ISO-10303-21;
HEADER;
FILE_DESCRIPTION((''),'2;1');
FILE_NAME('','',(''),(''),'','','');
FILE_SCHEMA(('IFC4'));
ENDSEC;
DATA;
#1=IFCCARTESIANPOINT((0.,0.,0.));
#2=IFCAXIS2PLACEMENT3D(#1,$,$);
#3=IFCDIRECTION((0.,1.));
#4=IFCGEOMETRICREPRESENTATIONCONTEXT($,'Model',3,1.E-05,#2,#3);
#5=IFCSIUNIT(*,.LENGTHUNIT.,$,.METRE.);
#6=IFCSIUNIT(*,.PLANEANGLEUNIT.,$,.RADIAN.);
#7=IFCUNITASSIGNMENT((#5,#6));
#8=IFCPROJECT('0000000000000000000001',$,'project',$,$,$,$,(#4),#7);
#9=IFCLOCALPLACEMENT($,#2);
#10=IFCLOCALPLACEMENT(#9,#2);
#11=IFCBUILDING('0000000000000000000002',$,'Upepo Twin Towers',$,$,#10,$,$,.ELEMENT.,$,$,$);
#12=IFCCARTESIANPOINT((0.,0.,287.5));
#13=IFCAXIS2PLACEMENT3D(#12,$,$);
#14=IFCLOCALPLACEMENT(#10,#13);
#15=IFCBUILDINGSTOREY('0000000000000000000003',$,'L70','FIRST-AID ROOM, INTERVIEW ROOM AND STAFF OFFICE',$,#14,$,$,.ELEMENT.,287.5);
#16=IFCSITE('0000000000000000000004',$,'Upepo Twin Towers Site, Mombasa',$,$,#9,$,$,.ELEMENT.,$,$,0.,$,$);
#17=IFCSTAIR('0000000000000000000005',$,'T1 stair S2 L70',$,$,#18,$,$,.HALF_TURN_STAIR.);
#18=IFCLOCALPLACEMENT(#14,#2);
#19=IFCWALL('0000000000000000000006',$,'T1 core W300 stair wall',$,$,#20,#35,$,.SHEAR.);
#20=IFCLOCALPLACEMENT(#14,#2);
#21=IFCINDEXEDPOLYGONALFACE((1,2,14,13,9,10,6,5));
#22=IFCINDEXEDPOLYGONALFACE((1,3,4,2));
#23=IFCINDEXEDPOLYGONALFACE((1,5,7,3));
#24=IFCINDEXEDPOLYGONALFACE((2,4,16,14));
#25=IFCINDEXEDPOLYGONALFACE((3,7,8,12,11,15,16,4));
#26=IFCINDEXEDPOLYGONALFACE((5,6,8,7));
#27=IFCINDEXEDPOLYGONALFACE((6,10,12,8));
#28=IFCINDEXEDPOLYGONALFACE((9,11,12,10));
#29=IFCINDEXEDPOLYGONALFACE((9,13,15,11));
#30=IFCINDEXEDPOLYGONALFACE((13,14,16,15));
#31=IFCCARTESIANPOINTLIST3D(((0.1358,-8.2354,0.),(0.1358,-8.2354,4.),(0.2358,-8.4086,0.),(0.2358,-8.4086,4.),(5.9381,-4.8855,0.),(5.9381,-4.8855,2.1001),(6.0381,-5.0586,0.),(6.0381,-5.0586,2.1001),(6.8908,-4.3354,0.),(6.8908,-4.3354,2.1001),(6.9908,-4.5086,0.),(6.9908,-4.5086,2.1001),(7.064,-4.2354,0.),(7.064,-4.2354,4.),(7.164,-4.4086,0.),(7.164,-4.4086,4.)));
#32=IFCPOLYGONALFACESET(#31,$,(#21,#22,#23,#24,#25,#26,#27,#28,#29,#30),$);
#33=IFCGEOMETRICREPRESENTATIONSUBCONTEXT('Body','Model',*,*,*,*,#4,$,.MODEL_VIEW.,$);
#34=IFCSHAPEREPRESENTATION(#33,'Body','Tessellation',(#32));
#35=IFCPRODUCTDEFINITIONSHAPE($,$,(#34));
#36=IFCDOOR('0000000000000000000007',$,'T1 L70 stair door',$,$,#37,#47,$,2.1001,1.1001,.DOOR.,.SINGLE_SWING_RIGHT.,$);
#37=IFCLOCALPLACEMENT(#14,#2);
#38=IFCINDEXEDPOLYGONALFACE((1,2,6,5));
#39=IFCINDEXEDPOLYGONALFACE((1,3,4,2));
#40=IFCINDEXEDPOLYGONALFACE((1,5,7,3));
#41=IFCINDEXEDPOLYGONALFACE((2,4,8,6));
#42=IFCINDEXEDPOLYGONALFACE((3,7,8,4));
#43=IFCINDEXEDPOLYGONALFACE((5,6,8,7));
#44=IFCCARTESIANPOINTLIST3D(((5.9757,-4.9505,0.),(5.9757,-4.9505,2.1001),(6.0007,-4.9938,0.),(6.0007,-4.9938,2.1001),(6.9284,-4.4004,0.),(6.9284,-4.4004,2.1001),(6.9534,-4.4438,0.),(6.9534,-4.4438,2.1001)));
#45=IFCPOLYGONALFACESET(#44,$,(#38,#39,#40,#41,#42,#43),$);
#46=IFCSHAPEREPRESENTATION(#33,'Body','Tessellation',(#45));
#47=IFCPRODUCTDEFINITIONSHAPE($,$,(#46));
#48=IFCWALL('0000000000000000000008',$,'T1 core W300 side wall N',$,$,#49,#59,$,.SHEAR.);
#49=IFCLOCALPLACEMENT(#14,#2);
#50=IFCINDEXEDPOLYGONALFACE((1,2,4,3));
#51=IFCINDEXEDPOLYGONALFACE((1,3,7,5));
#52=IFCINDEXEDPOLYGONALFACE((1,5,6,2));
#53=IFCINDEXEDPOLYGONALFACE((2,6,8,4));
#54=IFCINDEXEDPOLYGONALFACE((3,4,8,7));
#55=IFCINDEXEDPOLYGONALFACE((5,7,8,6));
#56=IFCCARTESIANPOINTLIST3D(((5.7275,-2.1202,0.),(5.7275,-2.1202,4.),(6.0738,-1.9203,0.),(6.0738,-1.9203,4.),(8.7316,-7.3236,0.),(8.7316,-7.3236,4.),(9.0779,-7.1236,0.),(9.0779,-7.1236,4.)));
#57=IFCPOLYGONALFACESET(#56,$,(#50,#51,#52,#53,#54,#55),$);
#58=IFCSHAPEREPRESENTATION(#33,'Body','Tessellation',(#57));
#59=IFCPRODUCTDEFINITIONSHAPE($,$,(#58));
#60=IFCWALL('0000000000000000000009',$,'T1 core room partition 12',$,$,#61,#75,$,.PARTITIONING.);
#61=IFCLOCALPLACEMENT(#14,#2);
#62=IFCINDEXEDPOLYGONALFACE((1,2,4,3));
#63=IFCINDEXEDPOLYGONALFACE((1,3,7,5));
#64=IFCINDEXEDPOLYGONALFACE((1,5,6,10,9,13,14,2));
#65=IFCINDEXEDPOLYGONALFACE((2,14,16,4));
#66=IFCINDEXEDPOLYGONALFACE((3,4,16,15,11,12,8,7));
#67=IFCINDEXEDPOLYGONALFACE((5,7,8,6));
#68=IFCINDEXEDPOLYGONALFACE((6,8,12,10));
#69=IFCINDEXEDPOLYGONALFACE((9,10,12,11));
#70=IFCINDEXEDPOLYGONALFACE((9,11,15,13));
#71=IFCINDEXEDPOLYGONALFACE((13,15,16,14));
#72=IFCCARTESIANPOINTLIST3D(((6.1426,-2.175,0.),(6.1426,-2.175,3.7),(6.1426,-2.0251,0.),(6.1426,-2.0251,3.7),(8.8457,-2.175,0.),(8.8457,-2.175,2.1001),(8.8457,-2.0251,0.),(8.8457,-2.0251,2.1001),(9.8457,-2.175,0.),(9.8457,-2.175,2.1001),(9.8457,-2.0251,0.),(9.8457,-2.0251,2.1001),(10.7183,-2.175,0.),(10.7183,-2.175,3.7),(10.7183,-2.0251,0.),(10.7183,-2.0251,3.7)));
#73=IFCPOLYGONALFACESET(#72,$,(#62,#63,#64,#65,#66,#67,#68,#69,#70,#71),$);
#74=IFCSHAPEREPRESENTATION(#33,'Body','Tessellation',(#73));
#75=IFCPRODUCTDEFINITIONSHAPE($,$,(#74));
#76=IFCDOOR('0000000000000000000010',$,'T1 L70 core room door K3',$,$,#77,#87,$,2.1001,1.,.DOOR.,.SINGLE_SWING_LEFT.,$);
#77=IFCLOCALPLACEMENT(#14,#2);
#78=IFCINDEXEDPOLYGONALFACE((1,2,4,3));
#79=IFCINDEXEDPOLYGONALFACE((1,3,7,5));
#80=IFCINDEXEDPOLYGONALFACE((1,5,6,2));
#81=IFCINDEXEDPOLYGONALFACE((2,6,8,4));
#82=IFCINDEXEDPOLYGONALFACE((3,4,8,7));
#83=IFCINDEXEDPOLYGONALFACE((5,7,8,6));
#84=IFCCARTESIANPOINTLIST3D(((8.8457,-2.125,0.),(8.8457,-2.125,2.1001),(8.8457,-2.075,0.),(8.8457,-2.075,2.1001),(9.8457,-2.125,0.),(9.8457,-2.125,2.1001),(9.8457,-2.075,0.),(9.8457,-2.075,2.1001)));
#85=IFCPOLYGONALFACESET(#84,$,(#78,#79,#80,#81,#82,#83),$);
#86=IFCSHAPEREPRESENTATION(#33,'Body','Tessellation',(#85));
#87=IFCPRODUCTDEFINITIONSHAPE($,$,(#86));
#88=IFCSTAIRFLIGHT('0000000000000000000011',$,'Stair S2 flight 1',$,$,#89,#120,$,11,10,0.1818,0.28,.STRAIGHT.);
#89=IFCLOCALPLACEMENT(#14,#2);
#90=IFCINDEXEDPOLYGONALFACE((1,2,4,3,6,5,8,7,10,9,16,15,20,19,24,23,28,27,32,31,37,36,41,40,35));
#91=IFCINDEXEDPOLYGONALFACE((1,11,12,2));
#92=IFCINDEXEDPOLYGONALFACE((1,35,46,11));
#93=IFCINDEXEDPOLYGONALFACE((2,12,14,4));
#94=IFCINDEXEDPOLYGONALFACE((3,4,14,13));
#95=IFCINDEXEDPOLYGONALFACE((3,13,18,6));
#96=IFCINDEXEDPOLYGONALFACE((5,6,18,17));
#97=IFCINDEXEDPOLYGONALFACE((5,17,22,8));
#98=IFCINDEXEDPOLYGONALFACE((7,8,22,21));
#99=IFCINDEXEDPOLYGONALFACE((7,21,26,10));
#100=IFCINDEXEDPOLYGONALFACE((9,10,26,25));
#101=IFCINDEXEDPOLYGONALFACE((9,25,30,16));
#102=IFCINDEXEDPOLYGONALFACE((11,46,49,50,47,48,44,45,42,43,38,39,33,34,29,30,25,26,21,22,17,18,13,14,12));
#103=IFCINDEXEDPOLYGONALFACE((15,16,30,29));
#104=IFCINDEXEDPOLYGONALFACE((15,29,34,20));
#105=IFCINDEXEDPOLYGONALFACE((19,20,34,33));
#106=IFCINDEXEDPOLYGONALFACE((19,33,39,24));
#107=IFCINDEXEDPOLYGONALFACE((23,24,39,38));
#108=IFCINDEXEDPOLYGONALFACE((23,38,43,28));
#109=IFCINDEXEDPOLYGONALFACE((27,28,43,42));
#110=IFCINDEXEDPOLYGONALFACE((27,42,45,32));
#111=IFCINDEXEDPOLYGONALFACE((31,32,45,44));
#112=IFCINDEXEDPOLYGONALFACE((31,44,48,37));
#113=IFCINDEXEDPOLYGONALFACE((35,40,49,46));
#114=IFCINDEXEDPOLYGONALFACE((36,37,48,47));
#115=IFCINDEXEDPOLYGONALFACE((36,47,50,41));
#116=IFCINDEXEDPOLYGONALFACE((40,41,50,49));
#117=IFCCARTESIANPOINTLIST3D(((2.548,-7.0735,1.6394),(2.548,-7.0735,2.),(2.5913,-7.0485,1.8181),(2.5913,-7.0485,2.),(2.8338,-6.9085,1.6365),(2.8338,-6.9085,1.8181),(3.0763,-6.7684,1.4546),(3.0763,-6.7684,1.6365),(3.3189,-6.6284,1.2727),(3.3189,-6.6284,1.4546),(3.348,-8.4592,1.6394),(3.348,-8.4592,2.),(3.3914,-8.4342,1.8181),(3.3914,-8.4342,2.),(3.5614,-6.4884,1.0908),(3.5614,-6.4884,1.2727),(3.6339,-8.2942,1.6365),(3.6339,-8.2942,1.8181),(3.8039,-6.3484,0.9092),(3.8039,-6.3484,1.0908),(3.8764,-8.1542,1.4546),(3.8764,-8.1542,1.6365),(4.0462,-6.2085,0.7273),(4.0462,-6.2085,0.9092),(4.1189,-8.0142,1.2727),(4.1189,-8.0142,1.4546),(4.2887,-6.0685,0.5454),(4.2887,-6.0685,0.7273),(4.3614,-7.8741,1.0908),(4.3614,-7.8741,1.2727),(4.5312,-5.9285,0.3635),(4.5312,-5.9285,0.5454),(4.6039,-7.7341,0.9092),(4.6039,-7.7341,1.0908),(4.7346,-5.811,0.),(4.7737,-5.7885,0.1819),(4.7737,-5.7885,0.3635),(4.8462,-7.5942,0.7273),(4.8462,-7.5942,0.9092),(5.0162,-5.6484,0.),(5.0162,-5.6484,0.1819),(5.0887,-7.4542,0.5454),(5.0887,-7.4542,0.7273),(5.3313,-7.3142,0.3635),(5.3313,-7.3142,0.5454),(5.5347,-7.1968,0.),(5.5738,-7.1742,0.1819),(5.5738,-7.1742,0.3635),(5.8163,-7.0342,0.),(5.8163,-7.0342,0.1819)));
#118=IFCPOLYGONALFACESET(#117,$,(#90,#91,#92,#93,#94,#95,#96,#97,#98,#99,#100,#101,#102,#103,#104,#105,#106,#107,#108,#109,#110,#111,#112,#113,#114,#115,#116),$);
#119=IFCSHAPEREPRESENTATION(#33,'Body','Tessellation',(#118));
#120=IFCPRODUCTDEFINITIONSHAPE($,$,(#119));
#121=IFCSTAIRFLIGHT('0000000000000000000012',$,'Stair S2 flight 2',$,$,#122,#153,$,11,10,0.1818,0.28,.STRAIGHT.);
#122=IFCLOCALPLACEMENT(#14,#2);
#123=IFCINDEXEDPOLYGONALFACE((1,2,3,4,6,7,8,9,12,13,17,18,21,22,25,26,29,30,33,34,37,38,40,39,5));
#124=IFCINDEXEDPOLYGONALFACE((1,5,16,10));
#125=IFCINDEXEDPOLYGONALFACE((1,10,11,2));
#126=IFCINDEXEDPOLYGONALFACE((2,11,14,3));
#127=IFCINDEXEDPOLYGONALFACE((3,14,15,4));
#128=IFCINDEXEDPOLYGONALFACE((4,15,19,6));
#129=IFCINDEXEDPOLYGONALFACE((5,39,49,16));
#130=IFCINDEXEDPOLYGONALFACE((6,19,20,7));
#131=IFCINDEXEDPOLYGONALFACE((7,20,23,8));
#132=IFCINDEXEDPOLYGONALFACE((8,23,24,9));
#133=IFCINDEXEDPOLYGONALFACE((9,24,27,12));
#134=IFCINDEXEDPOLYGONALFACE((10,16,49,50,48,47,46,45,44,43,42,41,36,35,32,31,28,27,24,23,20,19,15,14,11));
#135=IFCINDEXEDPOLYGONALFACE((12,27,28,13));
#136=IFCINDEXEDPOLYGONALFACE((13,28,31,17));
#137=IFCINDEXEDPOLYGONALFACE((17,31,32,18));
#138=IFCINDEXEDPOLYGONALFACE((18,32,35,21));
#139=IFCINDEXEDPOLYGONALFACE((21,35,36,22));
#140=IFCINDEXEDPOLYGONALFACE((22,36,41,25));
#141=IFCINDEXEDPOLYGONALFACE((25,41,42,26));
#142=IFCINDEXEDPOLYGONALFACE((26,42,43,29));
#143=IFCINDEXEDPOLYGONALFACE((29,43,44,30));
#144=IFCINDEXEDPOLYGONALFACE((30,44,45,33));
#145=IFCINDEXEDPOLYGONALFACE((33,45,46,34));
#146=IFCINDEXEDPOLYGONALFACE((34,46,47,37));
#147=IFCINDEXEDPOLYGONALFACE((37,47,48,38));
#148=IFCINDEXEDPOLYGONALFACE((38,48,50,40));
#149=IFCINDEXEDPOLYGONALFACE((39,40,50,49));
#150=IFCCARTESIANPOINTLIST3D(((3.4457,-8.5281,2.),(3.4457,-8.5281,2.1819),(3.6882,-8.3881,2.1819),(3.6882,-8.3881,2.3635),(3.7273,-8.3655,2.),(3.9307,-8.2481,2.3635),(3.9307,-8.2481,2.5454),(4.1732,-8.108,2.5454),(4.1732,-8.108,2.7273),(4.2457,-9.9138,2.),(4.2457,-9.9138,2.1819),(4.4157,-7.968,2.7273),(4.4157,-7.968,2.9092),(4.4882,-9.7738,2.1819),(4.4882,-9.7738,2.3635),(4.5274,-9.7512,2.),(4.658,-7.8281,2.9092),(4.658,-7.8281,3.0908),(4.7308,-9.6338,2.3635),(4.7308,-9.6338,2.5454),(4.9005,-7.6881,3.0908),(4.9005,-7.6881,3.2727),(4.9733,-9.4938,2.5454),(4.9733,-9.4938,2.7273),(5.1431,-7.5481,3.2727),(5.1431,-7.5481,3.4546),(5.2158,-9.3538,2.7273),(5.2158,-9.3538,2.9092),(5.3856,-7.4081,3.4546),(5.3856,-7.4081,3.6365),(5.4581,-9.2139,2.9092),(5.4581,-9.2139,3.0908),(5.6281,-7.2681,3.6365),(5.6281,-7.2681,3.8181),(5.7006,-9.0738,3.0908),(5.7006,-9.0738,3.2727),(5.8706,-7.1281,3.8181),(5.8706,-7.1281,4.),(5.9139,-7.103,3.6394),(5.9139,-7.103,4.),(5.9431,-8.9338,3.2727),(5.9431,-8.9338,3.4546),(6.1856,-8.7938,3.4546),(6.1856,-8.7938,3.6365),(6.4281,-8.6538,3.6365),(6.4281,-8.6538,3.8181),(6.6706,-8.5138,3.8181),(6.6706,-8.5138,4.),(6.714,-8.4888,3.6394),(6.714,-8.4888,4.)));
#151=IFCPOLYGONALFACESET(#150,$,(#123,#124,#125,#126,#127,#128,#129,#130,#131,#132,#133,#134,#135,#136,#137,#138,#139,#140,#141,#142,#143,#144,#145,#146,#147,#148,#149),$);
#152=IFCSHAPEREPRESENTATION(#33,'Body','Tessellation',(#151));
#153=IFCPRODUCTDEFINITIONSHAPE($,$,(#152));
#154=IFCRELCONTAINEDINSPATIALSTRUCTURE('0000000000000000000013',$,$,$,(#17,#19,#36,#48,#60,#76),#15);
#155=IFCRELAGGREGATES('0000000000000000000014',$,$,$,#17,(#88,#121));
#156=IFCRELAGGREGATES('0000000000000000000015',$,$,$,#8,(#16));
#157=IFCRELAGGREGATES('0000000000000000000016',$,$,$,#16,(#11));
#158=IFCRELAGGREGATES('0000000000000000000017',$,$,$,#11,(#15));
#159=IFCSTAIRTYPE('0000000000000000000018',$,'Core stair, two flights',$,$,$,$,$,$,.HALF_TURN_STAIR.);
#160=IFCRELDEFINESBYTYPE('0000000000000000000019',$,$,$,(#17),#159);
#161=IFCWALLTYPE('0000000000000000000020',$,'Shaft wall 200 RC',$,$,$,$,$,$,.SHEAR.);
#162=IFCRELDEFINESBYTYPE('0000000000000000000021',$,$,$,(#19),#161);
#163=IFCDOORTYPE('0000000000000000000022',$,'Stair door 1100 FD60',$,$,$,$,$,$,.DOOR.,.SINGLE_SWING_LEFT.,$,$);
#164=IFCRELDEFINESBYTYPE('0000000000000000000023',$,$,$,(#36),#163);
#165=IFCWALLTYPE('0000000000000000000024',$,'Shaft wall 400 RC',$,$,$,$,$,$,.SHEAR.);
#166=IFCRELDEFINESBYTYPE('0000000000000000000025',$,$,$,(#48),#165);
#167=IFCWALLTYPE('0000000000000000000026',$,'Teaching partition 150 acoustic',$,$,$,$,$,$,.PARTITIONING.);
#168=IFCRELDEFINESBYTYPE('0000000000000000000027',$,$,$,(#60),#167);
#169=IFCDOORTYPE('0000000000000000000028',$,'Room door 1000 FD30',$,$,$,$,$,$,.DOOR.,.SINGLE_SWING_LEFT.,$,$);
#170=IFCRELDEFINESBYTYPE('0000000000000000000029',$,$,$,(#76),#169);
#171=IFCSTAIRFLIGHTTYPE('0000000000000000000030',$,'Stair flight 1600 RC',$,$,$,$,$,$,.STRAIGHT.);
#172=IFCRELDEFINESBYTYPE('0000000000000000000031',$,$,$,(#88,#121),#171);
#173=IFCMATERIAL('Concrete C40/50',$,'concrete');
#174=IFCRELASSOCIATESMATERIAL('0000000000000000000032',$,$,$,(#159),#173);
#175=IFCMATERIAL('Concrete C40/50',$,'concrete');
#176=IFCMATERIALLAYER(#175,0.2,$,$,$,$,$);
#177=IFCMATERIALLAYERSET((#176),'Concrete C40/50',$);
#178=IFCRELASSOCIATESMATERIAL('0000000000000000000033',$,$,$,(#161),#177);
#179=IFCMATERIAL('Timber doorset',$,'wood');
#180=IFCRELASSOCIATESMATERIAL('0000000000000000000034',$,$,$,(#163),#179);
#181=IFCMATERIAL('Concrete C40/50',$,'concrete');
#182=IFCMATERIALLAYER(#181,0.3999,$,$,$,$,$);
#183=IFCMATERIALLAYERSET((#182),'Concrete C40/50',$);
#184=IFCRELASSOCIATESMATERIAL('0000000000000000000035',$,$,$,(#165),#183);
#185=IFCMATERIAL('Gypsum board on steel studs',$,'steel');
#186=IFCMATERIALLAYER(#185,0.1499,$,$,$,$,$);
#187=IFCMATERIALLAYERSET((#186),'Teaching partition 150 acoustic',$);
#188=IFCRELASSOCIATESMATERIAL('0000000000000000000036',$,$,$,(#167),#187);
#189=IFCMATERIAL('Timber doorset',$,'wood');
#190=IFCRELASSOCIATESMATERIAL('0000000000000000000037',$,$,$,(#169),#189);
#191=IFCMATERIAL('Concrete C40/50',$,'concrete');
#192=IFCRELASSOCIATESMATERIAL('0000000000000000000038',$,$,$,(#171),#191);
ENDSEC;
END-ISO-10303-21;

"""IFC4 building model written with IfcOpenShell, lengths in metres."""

from ifc_helpers import new_model, si_unit, direction, frame, frame_2d, origin, place, context, subcontext, project, spatial, polyline, rectangle, outline, extrude, material, layer, layer_set, type_object, element, fill, aggregate, save


model = new_model("IFC4")

# Units and contexts
model_context = context("Model", 3, precision=1e-05, world=origin(), true_north=direction((0.0, 1.0)))
body_context = subcontext(model_context, "Body", "Model", "MODEL_VIEW")
ifc_project = project(units=[si_unit("LENGTHUNIT", "METRE"), si_unit("PLANEANGLEUNIT", "RADIAN")], contexts=[model_context])

# Site, building, storey
site_placement = place(None, origin())
site = spatial("IfcSite", under=ifc_project, at=site_placement, Name="Upepo Twin Towers Site, Mombasa", CompositionType="ELEMENT", RefElevation=0.0)
building_placement = place(site_placement, origin())
building = spatial("IfcBuilding", under=site, at=building_placement, Name="Upepo Twin Towers", CompositionType="ELEMENT")
storey_placement = place(building_placement, frame((0.0, 0.0, 287.5)))
storey = spatial("IfcBuildingStorey", under=building, at=storey_placement, Name="L70", Description="FIRST-AID ROOM, INTERVIEW ROOM AND STAFF OFFICE", CompositionType="ELEMENT", Elevation=287.5)

# Shared definitions
ifc_material_1 = material(Name="Concrete C40/50", Category="concrete")
stair_type = type_object("IfcStairType", Name="Core stair, two flights", PredefinedType="HALF_TURN_STAIR", material=ifc_material_1)

# Stair
stair_1_placement = place(storey_placement, origin())
stair_1 = element("IfcStair", 1, at=stair_1_placement, inside=storey, type_object=stair_type, Name="T1 stair S2 L70", PredefinedType="HALF_TURN_STAIR")

# Shared definitions
ifc_material_2 = material(Name="Concrete C40/50", Category="concrete")
ifc_layer_1 = layer(ifc_material_2, 0.2)
ifc_layer_set_1 = layer_set([ifc_layer_1], Name="Concrete C40/50")
wall_type_1 = type_object("IfcWallType", Name="Shaft wall 200 RC", PredefinedType="SHEAR", material=ifc_layer_set_1)

# Wall, opening, door
wall_1_placement = place(storey_placement, frame((0.1858, -8.322, 0.0), z_axis=(0.0, 0.0, 1.0), x_axis=(0.866026, 0.499999, 0.0)))
wall_1 = element("IfcWall", 2, at=wall_1_placement, inside=storey, type_object=wall_type_1, Name="T1 core W300 stair wall", PredefinedType="SHEAR", context=body_context, shape_type="SweptSolid", body=[
    extrude(rectangle(XDim=8.0, YDim=0.2, at=frame_2d((4.0, 0.0))), origin(), (0.0, 0.0, 1.0), 4.0),
])
opening_1_placement = place(wall_1_placement, frame((6.7, 0.0, 0.0)))
opening_1 = element("IfcOpeningElement", 3, at=opening_1_placement, cuts=wall_1, PredefinedType="OPENING", context=body_context, shape_type="SweptSolid", body=[
    extrude(rectangle(XDim=1.1001, YDim=2.1001, at=frame_2d((0.55, 1.05))), frame((0.0, 0.1099, 0.0), z_axis=(0.0, -1.0, 0.0), x_axis=(1.0, 0.0, 0.0)), (0.0, 0.0, 1.0), 0.22),
])
ifc_material_3 = material(Name="Timber doorset", Category="wood")
door_type_1 = type_object("IfcDoorType", Name="Stair door 1100 FD60", OperationType="SINGLE_SWING_LEFT", PredefinedType="DOOR", material=ifc_material_3)
door_1_placement = place(opening_1_placement, origin())
door_1 = element("IfcDoor", 4, at=door_1_placement, inside=storey, type_object=door_type_1, Name="T1 L70 stair door", OperationType="SINGLE_SWING_RIGHT", OverallHeight=2.1001, OverallWidth=1.1001, PredefinedType="DOOR", context=body_context, shape_type="SweptSolid", body=[
    extrude(rectangle(XDim=1.1001, YDim=2.1001, at=frame_2d((0.55, 1.05))), frame((0.0, 0.0249, 0.0), z_axis=(0.0, -1.0, 0.0), x_axis=(1.0, 0.0, 0.0)), (0.0, 0.0, 1.0), 0.05),
])
fill(opening_1, door_1)

# Wall
ifc_material_4 = material(Name="Concrete C40/50", Category="concrete")
ifc_layer_2 = layer(ifc_material_4, 0.3999)
ifc_layer_set_2 = layer_set([ifc_layer_2], Name="Concrete C40/50")
wall_type_2 = type_object("IfcWallType", Name="Shaft wall 400 RC", PredefinedType="SHEAR", material=ifc_layer_set_2)
wall_2_placement = place(storey_placement, frame((5.9006, -2.0203, 0.0), z_axis=(0.0, 0.0, 1.0), x_axis=(0.499998, -0.866027, 0.0)))
element("IfcWall", 5, at=wall_2_placement, inside=storey, type_object=wall_type_2, Name="T1 core W300 side wall N", PredefinedType="SHEAR", context=body_context, shape_type="SweptSolid", body=[
    extrude(rectangle(XDim=6.0083, YDim=0.3999, at=frame_2d((3.0042, 0.0))), origin(), (0.0, 0.0, 1.0), 4.0),
])

# Wall, opening, door
ifc_material_5 = material(Name="Gypsum board on steel studs", Category="steel")
ifc_layer_3 = layer(ifc_material_5, 0.1499)
ifc_layer_set_3 = layer_set([ifc_layer_3], Name="Teaching partition 150 acoustic")
wall_type_3 = type_object("IfcWallType", Name="Teaching partition 150 acoustic", PredefinedType="PARTITIONING", material=ifc_layer_set_3)
wall_3_placement = place(storey_placement, frame((10.7183, -2.1001, 0.0), z_axis=(0.0, 0.0, 1.0), x_axis=(-1.0, 0.0, 0.0)))
wall_3 = element("IfcWall", 6, at=wall_3_placement, inside=storey, type_object=wall_type_3, Name="T1 core room partition 12", PredefinedType="PARTITIONING", context=body_context, shape_type="SweptSolid", body=[
    extrude(rectangle(XDim=4.5757, YDim=0.1499, at=frame_2d((2.2878, 0.0))), origin(), (0.0, 0.0, 1.0), 3.7),
])
opening_2_placement = place(wall_3_placement, frame((0.8726, 0.0, 0.0)))
opening_2 = element("IfcOpeningElement", 7, at=opening_2_placement, cuts=wall_3, PredefinedType="OPENING", context=body_context, shape_type="SweptSolid", body=[
    extrude(rectangle(XDim=1.0, YDim=2.1001, at=frame_2d((0.5, 1.05))), frame((0.0, 0.085, 0.0), z_axis=(0.0, -1.0, 0.0), x_axis=(1.0, 0.0, 0.0)), (0.0, 0.0, 1.0), 0.1699),
])
ifc_material_6 = material(Name="Timber doorset", Category="wood")
door_type_2 = type_object("IfcDoorType", Name="Room door 1000 FD30", OperationType="SINGLE_SWING_LEFT", PredefinedType="DOOR", material=ifc_material_6)
door_2_placement = place(opening_2_placement, origin())
door_2 = element("IfcDoor", 8, at=door_2_placement, inside=storey, type_object=door_type_2, Name="T1 L70 core room door K3", OperationType="SINGLE_SWING_LEFT", OverallHeight=2.1001, OverallWidth=1.0, PredefinedType="DOOR", context=body_context, shape_type="SweptSolid", body=[
    extrude(rectangle(XDim=1.0, YDim=2.1001, at=frame_2d((0.5, 1.05))), frame((0.0, 0.0249, 0.0), z_axis=(0.0, -1.0, 0.0), x_axis=(1.0, 0.0, 0.0)), (0.0, 0.0, 1.0), 0.05),
])
fill(opening_2, door_2)

# Stair flights
ifc_material_7 = material(Name="Concrete C40/50", Category="concrete")
stair_flight_type = type_object("IfcStairFlightType", Name="Stair flight 1600 RC", PredefinedType="STRAIGHT", material=ifc_material_7)
stair_flight_1_placement = place(storey_placement, frame((5.4163, -6.3413, 0.0), z_axis=(0.0, 0.0, 1.0), x_axis=(-0.866025, -0.5, 0.0)))
stair_flight_1 = element("IfcStairFlight", 9, at=stair_flight_1_placement, type_object=stair_flight_type, Name="Stair S2 flight 1", NumberOfRisers=11, NumberOfTreads=10, PredefinedType="STRAIGHT", RiserHeight=0.1818, TreadLength=0.28, context=body_context, shape_type="SweptSolid", body=[
    extrude(outline(polyline([(0.0, 0.0), (0.0, 0.1819), (0.28, 0.1819), (0.28, 0.3635), (0.5601, 0.3635), (0.5601, 0.5454), (0.8401, 0.5454), (0.8401, 0.7273), (1.1201, 0.7273), (1.1201, 0.9092), (1.3999, 0.9092), (1.3999, 1.0908), (1.6799, 1.0908), (1.6799, 1.2727), (1.96, 1.2727), (1.96, 1.4546), (2.24, 1.4546), (2.24, 1.6365), (2.52, 1.6365), (2.52, 1.8181), (2.8, 1.8181), (2.8, 2.0), (2.8501, 2.0), (2.8501, 1.6394), (0.3252, 0.0), (0.0, 0.0)])), frame((0.0, 0.8, 0.0), z_axis=(0.0, -1.0, 0.0), x_axis=(1.0, 0.0, 0.0)), (0.0, 0.0, 1.0), 1.6001),
])
stair_flight_2_placement = place(storey_placement, frame((3.8457, -9.2209, 2.0), z_axis=(0.0, 0.0, 1.0), x_axis=(0.866025, 0.5, 0.0)))
stair_flight_2 = element("IfcStairFlight", 10, at=stair_flight_2_placement, type_object=stair_flight_type, Name="Stair S2 flight 2", NumberOfRisers=11, NumberOfTreads=10, PredefinedType="STRAIGHT", RiserHeight=0.1818, TreadLength=0.28, context=body_context, shape_type="SweptSolid", body=[
    extrude(outline(polyline([(0.0, 0.0), (0.0, 0.1819), (0.28, 0.1819), (0.28, 0.3635), (0.5601, 0.3635), (0.5601, 0.5454), (0.8401, 0.5454), (0.8401, 0.7273), (1.1201, 0.7273), (1.1201, 0.9092), (1.3999, 0.9092), (1.3999, 1.0908), (1.6799, 1.0908), (1.6799, 1.2727), (1.96, 1.2727), (1.96, 1.4546), (2.24, 1.4546), (2.24, 1.6365), (2.52, 1.6365), (2.52, 1.8181), (2.8, 1.8181), (2.8, 2.0), (2.8501, 2.0), (2.8501, 1.6394), (0.3252, 0.0), (0.0, 0.0)])), frame((0.0, 0.8, 0.0), z_axis=(0.0, -1.0, 0.0), x_axis=(1.0, 0.0, 0.0)), (0.0, 0.0, 1.0), 1.6001),
])
aggregate(stair_1, [stair_flight_1, stair_flight_2])

save(model, "model.ifc")
